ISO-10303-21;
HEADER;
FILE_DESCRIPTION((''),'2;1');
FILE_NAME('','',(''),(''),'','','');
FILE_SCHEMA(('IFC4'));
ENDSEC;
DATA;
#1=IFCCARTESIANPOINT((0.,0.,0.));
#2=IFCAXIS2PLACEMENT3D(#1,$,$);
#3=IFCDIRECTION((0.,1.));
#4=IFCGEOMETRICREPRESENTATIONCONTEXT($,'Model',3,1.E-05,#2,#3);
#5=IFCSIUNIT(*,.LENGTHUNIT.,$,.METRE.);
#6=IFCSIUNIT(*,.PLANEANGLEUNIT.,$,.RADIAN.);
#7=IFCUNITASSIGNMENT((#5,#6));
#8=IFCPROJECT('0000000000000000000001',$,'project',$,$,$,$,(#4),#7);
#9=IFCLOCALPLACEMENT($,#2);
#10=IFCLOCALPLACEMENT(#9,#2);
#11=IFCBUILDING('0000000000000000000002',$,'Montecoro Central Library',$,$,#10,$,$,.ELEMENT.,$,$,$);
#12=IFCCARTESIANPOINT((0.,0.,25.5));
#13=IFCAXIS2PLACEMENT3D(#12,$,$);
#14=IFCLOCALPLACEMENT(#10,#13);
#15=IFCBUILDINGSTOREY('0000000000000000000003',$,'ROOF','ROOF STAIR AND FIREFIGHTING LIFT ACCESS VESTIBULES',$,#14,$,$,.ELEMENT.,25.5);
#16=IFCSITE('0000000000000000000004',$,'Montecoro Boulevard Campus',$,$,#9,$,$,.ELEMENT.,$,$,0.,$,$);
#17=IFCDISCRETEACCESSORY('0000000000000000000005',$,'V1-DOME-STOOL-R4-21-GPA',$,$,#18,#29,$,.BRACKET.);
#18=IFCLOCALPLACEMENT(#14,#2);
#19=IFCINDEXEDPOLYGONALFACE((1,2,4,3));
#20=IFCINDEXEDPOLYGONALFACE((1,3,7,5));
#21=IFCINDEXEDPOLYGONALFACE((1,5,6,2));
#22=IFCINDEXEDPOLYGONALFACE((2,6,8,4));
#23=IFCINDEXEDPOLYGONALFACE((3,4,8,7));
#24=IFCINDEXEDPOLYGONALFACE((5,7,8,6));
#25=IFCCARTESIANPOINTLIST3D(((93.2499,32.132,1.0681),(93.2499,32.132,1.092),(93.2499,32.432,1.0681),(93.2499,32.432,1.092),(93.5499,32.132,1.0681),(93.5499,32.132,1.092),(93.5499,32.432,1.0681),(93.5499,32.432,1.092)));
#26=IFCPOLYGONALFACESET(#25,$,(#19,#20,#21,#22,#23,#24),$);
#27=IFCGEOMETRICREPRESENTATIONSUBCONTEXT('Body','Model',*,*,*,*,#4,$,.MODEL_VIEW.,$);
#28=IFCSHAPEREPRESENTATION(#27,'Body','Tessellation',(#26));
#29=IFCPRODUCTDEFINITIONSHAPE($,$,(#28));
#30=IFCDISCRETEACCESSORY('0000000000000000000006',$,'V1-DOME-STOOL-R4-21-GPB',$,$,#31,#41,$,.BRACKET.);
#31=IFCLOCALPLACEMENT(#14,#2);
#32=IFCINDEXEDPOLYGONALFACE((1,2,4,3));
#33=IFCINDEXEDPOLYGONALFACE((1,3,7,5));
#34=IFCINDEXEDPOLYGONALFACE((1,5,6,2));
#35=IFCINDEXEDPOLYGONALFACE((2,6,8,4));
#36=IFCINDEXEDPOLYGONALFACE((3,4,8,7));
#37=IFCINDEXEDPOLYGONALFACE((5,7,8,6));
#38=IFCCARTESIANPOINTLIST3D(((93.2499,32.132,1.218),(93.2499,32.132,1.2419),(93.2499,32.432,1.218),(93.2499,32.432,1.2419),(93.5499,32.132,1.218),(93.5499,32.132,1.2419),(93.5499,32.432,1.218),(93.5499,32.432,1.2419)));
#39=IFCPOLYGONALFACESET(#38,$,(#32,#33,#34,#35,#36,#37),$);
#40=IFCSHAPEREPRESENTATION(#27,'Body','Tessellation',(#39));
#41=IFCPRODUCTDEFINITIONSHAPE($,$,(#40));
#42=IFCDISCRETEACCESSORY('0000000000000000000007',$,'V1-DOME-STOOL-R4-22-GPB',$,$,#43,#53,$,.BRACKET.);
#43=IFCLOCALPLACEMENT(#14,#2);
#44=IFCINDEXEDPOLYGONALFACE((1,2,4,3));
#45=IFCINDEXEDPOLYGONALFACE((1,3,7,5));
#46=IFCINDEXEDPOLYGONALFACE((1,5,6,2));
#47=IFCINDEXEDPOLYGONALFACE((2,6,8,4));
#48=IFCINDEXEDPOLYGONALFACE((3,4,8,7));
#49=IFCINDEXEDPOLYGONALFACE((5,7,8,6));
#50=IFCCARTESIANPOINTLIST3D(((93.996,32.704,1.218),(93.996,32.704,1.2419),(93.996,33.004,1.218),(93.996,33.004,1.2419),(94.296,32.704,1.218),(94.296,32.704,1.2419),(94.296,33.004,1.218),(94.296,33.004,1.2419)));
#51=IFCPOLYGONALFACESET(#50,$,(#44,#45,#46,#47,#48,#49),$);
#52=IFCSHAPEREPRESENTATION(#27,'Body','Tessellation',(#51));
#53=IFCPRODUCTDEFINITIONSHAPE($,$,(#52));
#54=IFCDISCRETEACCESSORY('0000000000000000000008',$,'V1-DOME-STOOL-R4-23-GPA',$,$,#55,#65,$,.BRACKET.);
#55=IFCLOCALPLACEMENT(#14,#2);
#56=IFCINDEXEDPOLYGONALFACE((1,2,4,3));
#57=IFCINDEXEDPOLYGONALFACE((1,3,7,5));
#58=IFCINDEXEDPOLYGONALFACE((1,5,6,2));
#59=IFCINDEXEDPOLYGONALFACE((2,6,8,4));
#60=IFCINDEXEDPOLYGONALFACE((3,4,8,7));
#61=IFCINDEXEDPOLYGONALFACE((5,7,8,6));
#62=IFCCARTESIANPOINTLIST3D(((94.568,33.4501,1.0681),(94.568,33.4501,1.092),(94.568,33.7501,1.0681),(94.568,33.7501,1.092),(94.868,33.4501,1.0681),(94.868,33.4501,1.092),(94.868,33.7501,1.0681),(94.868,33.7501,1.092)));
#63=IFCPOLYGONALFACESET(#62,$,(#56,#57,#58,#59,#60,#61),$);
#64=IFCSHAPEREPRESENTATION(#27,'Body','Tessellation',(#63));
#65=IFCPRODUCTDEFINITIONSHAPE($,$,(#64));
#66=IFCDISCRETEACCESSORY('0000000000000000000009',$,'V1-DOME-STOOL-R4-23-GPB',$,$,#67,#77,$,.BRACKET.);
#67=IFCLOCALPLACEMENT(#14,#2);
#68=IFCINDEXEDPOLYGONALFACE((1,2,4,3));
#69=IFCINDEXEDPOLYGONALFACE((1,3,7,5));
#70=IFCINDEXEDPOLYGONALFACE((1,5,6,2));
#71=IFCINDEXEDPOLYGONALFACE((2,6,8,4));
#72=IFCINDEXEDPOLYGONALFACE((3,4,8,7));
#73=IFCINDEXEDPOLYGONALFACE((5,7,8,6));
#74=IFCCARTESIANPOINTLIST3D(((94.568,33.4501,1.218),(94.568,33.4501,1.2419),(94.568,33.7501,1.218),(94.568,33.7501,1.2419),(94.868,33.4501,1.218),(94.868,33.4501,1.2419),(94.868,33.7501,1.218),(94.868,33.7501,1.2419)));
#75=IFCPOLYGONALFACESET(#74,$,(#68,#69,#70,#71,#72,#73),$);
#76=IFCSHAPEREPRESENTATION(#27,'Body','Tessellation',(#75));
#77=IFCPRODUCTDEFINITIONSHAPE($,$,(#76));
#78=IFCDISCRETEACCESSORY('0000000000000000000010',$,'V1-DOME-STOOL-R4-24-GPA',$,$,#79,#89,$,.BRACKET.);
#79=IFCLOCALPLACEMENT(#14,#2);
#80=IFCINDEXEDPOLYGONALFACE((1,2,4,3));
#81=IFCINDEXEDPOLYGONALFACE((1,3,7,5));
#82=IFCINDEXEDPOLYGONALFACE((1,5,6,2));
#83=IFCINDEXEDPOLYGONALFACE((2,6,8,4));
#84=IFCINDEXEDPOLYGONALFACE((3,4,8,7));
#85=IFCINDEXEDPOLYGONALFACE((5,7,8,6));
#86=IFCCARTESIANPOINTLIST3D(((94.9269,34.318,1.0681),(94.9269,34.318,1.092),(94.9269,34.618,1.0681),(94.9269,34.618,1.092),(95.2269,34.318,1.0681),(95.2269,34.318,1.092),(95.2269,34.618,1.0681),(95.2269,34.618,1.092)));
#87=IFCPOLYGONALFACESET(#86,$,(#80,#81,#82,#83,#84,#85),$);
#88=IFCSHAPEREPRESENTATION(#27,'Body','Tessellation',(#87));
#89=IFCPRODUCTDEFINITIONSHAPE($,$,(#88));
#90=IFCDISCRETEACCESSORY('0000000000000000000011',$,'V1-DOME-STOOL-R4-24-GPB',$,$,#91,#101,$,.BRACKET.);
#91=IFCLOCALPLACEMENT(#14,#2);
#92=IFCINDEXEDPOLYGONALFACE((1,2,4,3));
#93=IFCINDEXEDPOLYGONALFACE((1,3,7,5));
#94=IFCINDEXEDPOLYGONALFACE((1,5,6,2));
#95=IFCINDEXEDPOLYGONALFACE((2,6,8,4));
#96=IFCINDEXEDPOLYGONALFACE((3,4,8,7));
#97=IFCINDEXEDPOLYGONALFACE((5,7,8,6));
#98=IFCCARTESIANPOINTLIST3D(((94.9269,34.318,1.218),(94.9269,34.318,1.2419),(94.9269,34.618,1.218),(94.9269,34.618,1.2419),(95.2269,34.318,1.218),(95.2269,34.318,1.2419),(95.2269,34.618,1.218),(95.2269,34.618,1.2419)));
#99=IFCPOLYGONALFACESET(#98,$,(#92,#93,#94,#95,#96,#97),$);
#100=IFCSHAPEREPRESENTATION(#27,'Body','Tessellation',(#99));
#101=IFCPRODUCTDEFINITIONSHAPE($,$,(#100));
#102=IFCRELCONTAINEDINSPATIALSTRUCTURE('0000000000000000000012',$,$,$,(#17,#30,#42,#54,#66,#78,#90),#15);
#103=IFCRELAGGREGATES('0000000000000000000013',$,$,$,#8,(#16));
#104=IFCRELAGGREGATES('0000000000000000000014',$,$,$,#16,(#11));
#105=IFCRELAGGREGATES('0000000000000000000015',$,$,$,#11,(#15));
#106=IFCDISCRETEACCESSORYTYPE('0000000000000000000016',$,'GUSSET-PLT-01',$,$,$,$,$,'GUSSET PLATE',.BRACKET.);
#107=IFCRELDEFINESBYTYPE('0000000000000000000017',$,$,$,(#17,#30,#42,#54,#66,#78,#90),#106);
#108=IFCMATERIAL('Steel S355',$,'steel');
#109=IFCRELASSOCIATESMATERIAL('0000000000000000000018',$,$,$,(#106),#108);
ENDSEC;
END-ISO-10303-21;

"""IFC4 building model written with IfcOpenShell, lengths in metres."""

from ifc_helpers import new_model, si_unit, direction, frame, origin, origin_2d, place, context, subcontext, project, spatial, rectangle, extrude, material, type_object, element, save


model = new_model("IFC4")

# Units and contexts
model_context = context("Model", 3, precision=1e-05, world=origin(), true_north=direction((0.0, 1.0)))
body_context = subcontext(model_context, "Body", "Model", "MODEL_VIEW")
ifc_project = project(units=[si_unit("LENGTHUNIT", "METRE"), si_unit("PLANEANGLEUNIT", "RADIAN")], contexts=[model_context])

# Site, building, storey
site_placement = place(None, origin())
site = spatial("IfcSite", under=ifc_project, at=site_placement, Name="Montecoro Boulevard Campus", CompositionType="ELEMENT", RefElevation=0.0)
building_placement = place(site_placement, origin())
building = spatial("IfcBuilding", under=site, at=building_placement, Name="Montecoro Central Library", CompositionType="ELEMENT")
storey_placement = place(building_placement, frame((0.0, 0.0, 25.5)))
storey = spatial("IfcBuildingStorey", under=building, at=storey_placement, Name="ROOF", Description="ROOF STAIR AND FIREFIGHTING LIFT ACCESS VESTIBULES", CompositionType="ELEMENT", Elevation=25.5)

# Shared definitions
ifc_material_1 = material(Name="Steel S355", Category="steel")

# Discrete accessories
discrete_accessory_type = type_object("IfcDiscreteAccessoryType", Name="GUSSET-PLT-01", ElementType="GUSSET PLATE", PredefinedType="BRACKET", material=ifc_material_1)
for number, where, z_axis, x_axis, name in (
    (1, (93.3999, 32.282, 1.0681), (0.0, 0.0, 1.0), (1.0, 0.0, 0.0), "V1-DOME-STOOL-R4-21-GPA"),
    (2, (93.3999, 32.282, 1.218), (0.0, 0.0, 1.0), (1.0, 0.0, 0.0), "V1-DOME-STOOL-R4-21-GPB"),
    (3, (94.146, 32.854, 1.218), (0.0, 0.0, 1.0), (1.0, 0.0, 0.0), "V1-DOME-STOOL-R4-22-GPB"),
    (4, (94.718, 33.6001, 1.0681), (0.0, 0.0, 1.0), (1.0, 0.0, 0.0), "V1-DOME-STOOL-R4-23-GPA"),
    (5, (94.718, 33.6001, 1.218), (0.0, 0.0, 1.0), (1.0, 0.0, 0.0), "V1-DOME-STOOL-R4-23-GPB"),
    (6, (95.0769, 34.468, 1.0681), (0.0, 0.0, 1.0), (1.0, 0.0, 0.0), "V1-DOME-STOOL-R4-24-GPA"),
    (7, (95.0769, 34.468, 1.218), (0.0, 0.0, 1.0), (1.0, 0.0, 0.0), "V1-DOME-STOOL-R4-24-GPB"),
):
    element("IfcDiscreteAccessory", number, at=place(storey_placement, frame(where, z_axis=z_axis, x_axis=x_axis)), inside=storey, type_object=discrete_accessory_type, Name=name, PredefinedType="BRACKET", context=body_context, shape_type="SweptSolid", body=[
        extrude(rectangle(XDim=0.3, YDim=0.3, at=origin_2d()), origin(), (0.0, 0.0, 1.0), 0.0239),
    ])

save(model, "model.ifc")
